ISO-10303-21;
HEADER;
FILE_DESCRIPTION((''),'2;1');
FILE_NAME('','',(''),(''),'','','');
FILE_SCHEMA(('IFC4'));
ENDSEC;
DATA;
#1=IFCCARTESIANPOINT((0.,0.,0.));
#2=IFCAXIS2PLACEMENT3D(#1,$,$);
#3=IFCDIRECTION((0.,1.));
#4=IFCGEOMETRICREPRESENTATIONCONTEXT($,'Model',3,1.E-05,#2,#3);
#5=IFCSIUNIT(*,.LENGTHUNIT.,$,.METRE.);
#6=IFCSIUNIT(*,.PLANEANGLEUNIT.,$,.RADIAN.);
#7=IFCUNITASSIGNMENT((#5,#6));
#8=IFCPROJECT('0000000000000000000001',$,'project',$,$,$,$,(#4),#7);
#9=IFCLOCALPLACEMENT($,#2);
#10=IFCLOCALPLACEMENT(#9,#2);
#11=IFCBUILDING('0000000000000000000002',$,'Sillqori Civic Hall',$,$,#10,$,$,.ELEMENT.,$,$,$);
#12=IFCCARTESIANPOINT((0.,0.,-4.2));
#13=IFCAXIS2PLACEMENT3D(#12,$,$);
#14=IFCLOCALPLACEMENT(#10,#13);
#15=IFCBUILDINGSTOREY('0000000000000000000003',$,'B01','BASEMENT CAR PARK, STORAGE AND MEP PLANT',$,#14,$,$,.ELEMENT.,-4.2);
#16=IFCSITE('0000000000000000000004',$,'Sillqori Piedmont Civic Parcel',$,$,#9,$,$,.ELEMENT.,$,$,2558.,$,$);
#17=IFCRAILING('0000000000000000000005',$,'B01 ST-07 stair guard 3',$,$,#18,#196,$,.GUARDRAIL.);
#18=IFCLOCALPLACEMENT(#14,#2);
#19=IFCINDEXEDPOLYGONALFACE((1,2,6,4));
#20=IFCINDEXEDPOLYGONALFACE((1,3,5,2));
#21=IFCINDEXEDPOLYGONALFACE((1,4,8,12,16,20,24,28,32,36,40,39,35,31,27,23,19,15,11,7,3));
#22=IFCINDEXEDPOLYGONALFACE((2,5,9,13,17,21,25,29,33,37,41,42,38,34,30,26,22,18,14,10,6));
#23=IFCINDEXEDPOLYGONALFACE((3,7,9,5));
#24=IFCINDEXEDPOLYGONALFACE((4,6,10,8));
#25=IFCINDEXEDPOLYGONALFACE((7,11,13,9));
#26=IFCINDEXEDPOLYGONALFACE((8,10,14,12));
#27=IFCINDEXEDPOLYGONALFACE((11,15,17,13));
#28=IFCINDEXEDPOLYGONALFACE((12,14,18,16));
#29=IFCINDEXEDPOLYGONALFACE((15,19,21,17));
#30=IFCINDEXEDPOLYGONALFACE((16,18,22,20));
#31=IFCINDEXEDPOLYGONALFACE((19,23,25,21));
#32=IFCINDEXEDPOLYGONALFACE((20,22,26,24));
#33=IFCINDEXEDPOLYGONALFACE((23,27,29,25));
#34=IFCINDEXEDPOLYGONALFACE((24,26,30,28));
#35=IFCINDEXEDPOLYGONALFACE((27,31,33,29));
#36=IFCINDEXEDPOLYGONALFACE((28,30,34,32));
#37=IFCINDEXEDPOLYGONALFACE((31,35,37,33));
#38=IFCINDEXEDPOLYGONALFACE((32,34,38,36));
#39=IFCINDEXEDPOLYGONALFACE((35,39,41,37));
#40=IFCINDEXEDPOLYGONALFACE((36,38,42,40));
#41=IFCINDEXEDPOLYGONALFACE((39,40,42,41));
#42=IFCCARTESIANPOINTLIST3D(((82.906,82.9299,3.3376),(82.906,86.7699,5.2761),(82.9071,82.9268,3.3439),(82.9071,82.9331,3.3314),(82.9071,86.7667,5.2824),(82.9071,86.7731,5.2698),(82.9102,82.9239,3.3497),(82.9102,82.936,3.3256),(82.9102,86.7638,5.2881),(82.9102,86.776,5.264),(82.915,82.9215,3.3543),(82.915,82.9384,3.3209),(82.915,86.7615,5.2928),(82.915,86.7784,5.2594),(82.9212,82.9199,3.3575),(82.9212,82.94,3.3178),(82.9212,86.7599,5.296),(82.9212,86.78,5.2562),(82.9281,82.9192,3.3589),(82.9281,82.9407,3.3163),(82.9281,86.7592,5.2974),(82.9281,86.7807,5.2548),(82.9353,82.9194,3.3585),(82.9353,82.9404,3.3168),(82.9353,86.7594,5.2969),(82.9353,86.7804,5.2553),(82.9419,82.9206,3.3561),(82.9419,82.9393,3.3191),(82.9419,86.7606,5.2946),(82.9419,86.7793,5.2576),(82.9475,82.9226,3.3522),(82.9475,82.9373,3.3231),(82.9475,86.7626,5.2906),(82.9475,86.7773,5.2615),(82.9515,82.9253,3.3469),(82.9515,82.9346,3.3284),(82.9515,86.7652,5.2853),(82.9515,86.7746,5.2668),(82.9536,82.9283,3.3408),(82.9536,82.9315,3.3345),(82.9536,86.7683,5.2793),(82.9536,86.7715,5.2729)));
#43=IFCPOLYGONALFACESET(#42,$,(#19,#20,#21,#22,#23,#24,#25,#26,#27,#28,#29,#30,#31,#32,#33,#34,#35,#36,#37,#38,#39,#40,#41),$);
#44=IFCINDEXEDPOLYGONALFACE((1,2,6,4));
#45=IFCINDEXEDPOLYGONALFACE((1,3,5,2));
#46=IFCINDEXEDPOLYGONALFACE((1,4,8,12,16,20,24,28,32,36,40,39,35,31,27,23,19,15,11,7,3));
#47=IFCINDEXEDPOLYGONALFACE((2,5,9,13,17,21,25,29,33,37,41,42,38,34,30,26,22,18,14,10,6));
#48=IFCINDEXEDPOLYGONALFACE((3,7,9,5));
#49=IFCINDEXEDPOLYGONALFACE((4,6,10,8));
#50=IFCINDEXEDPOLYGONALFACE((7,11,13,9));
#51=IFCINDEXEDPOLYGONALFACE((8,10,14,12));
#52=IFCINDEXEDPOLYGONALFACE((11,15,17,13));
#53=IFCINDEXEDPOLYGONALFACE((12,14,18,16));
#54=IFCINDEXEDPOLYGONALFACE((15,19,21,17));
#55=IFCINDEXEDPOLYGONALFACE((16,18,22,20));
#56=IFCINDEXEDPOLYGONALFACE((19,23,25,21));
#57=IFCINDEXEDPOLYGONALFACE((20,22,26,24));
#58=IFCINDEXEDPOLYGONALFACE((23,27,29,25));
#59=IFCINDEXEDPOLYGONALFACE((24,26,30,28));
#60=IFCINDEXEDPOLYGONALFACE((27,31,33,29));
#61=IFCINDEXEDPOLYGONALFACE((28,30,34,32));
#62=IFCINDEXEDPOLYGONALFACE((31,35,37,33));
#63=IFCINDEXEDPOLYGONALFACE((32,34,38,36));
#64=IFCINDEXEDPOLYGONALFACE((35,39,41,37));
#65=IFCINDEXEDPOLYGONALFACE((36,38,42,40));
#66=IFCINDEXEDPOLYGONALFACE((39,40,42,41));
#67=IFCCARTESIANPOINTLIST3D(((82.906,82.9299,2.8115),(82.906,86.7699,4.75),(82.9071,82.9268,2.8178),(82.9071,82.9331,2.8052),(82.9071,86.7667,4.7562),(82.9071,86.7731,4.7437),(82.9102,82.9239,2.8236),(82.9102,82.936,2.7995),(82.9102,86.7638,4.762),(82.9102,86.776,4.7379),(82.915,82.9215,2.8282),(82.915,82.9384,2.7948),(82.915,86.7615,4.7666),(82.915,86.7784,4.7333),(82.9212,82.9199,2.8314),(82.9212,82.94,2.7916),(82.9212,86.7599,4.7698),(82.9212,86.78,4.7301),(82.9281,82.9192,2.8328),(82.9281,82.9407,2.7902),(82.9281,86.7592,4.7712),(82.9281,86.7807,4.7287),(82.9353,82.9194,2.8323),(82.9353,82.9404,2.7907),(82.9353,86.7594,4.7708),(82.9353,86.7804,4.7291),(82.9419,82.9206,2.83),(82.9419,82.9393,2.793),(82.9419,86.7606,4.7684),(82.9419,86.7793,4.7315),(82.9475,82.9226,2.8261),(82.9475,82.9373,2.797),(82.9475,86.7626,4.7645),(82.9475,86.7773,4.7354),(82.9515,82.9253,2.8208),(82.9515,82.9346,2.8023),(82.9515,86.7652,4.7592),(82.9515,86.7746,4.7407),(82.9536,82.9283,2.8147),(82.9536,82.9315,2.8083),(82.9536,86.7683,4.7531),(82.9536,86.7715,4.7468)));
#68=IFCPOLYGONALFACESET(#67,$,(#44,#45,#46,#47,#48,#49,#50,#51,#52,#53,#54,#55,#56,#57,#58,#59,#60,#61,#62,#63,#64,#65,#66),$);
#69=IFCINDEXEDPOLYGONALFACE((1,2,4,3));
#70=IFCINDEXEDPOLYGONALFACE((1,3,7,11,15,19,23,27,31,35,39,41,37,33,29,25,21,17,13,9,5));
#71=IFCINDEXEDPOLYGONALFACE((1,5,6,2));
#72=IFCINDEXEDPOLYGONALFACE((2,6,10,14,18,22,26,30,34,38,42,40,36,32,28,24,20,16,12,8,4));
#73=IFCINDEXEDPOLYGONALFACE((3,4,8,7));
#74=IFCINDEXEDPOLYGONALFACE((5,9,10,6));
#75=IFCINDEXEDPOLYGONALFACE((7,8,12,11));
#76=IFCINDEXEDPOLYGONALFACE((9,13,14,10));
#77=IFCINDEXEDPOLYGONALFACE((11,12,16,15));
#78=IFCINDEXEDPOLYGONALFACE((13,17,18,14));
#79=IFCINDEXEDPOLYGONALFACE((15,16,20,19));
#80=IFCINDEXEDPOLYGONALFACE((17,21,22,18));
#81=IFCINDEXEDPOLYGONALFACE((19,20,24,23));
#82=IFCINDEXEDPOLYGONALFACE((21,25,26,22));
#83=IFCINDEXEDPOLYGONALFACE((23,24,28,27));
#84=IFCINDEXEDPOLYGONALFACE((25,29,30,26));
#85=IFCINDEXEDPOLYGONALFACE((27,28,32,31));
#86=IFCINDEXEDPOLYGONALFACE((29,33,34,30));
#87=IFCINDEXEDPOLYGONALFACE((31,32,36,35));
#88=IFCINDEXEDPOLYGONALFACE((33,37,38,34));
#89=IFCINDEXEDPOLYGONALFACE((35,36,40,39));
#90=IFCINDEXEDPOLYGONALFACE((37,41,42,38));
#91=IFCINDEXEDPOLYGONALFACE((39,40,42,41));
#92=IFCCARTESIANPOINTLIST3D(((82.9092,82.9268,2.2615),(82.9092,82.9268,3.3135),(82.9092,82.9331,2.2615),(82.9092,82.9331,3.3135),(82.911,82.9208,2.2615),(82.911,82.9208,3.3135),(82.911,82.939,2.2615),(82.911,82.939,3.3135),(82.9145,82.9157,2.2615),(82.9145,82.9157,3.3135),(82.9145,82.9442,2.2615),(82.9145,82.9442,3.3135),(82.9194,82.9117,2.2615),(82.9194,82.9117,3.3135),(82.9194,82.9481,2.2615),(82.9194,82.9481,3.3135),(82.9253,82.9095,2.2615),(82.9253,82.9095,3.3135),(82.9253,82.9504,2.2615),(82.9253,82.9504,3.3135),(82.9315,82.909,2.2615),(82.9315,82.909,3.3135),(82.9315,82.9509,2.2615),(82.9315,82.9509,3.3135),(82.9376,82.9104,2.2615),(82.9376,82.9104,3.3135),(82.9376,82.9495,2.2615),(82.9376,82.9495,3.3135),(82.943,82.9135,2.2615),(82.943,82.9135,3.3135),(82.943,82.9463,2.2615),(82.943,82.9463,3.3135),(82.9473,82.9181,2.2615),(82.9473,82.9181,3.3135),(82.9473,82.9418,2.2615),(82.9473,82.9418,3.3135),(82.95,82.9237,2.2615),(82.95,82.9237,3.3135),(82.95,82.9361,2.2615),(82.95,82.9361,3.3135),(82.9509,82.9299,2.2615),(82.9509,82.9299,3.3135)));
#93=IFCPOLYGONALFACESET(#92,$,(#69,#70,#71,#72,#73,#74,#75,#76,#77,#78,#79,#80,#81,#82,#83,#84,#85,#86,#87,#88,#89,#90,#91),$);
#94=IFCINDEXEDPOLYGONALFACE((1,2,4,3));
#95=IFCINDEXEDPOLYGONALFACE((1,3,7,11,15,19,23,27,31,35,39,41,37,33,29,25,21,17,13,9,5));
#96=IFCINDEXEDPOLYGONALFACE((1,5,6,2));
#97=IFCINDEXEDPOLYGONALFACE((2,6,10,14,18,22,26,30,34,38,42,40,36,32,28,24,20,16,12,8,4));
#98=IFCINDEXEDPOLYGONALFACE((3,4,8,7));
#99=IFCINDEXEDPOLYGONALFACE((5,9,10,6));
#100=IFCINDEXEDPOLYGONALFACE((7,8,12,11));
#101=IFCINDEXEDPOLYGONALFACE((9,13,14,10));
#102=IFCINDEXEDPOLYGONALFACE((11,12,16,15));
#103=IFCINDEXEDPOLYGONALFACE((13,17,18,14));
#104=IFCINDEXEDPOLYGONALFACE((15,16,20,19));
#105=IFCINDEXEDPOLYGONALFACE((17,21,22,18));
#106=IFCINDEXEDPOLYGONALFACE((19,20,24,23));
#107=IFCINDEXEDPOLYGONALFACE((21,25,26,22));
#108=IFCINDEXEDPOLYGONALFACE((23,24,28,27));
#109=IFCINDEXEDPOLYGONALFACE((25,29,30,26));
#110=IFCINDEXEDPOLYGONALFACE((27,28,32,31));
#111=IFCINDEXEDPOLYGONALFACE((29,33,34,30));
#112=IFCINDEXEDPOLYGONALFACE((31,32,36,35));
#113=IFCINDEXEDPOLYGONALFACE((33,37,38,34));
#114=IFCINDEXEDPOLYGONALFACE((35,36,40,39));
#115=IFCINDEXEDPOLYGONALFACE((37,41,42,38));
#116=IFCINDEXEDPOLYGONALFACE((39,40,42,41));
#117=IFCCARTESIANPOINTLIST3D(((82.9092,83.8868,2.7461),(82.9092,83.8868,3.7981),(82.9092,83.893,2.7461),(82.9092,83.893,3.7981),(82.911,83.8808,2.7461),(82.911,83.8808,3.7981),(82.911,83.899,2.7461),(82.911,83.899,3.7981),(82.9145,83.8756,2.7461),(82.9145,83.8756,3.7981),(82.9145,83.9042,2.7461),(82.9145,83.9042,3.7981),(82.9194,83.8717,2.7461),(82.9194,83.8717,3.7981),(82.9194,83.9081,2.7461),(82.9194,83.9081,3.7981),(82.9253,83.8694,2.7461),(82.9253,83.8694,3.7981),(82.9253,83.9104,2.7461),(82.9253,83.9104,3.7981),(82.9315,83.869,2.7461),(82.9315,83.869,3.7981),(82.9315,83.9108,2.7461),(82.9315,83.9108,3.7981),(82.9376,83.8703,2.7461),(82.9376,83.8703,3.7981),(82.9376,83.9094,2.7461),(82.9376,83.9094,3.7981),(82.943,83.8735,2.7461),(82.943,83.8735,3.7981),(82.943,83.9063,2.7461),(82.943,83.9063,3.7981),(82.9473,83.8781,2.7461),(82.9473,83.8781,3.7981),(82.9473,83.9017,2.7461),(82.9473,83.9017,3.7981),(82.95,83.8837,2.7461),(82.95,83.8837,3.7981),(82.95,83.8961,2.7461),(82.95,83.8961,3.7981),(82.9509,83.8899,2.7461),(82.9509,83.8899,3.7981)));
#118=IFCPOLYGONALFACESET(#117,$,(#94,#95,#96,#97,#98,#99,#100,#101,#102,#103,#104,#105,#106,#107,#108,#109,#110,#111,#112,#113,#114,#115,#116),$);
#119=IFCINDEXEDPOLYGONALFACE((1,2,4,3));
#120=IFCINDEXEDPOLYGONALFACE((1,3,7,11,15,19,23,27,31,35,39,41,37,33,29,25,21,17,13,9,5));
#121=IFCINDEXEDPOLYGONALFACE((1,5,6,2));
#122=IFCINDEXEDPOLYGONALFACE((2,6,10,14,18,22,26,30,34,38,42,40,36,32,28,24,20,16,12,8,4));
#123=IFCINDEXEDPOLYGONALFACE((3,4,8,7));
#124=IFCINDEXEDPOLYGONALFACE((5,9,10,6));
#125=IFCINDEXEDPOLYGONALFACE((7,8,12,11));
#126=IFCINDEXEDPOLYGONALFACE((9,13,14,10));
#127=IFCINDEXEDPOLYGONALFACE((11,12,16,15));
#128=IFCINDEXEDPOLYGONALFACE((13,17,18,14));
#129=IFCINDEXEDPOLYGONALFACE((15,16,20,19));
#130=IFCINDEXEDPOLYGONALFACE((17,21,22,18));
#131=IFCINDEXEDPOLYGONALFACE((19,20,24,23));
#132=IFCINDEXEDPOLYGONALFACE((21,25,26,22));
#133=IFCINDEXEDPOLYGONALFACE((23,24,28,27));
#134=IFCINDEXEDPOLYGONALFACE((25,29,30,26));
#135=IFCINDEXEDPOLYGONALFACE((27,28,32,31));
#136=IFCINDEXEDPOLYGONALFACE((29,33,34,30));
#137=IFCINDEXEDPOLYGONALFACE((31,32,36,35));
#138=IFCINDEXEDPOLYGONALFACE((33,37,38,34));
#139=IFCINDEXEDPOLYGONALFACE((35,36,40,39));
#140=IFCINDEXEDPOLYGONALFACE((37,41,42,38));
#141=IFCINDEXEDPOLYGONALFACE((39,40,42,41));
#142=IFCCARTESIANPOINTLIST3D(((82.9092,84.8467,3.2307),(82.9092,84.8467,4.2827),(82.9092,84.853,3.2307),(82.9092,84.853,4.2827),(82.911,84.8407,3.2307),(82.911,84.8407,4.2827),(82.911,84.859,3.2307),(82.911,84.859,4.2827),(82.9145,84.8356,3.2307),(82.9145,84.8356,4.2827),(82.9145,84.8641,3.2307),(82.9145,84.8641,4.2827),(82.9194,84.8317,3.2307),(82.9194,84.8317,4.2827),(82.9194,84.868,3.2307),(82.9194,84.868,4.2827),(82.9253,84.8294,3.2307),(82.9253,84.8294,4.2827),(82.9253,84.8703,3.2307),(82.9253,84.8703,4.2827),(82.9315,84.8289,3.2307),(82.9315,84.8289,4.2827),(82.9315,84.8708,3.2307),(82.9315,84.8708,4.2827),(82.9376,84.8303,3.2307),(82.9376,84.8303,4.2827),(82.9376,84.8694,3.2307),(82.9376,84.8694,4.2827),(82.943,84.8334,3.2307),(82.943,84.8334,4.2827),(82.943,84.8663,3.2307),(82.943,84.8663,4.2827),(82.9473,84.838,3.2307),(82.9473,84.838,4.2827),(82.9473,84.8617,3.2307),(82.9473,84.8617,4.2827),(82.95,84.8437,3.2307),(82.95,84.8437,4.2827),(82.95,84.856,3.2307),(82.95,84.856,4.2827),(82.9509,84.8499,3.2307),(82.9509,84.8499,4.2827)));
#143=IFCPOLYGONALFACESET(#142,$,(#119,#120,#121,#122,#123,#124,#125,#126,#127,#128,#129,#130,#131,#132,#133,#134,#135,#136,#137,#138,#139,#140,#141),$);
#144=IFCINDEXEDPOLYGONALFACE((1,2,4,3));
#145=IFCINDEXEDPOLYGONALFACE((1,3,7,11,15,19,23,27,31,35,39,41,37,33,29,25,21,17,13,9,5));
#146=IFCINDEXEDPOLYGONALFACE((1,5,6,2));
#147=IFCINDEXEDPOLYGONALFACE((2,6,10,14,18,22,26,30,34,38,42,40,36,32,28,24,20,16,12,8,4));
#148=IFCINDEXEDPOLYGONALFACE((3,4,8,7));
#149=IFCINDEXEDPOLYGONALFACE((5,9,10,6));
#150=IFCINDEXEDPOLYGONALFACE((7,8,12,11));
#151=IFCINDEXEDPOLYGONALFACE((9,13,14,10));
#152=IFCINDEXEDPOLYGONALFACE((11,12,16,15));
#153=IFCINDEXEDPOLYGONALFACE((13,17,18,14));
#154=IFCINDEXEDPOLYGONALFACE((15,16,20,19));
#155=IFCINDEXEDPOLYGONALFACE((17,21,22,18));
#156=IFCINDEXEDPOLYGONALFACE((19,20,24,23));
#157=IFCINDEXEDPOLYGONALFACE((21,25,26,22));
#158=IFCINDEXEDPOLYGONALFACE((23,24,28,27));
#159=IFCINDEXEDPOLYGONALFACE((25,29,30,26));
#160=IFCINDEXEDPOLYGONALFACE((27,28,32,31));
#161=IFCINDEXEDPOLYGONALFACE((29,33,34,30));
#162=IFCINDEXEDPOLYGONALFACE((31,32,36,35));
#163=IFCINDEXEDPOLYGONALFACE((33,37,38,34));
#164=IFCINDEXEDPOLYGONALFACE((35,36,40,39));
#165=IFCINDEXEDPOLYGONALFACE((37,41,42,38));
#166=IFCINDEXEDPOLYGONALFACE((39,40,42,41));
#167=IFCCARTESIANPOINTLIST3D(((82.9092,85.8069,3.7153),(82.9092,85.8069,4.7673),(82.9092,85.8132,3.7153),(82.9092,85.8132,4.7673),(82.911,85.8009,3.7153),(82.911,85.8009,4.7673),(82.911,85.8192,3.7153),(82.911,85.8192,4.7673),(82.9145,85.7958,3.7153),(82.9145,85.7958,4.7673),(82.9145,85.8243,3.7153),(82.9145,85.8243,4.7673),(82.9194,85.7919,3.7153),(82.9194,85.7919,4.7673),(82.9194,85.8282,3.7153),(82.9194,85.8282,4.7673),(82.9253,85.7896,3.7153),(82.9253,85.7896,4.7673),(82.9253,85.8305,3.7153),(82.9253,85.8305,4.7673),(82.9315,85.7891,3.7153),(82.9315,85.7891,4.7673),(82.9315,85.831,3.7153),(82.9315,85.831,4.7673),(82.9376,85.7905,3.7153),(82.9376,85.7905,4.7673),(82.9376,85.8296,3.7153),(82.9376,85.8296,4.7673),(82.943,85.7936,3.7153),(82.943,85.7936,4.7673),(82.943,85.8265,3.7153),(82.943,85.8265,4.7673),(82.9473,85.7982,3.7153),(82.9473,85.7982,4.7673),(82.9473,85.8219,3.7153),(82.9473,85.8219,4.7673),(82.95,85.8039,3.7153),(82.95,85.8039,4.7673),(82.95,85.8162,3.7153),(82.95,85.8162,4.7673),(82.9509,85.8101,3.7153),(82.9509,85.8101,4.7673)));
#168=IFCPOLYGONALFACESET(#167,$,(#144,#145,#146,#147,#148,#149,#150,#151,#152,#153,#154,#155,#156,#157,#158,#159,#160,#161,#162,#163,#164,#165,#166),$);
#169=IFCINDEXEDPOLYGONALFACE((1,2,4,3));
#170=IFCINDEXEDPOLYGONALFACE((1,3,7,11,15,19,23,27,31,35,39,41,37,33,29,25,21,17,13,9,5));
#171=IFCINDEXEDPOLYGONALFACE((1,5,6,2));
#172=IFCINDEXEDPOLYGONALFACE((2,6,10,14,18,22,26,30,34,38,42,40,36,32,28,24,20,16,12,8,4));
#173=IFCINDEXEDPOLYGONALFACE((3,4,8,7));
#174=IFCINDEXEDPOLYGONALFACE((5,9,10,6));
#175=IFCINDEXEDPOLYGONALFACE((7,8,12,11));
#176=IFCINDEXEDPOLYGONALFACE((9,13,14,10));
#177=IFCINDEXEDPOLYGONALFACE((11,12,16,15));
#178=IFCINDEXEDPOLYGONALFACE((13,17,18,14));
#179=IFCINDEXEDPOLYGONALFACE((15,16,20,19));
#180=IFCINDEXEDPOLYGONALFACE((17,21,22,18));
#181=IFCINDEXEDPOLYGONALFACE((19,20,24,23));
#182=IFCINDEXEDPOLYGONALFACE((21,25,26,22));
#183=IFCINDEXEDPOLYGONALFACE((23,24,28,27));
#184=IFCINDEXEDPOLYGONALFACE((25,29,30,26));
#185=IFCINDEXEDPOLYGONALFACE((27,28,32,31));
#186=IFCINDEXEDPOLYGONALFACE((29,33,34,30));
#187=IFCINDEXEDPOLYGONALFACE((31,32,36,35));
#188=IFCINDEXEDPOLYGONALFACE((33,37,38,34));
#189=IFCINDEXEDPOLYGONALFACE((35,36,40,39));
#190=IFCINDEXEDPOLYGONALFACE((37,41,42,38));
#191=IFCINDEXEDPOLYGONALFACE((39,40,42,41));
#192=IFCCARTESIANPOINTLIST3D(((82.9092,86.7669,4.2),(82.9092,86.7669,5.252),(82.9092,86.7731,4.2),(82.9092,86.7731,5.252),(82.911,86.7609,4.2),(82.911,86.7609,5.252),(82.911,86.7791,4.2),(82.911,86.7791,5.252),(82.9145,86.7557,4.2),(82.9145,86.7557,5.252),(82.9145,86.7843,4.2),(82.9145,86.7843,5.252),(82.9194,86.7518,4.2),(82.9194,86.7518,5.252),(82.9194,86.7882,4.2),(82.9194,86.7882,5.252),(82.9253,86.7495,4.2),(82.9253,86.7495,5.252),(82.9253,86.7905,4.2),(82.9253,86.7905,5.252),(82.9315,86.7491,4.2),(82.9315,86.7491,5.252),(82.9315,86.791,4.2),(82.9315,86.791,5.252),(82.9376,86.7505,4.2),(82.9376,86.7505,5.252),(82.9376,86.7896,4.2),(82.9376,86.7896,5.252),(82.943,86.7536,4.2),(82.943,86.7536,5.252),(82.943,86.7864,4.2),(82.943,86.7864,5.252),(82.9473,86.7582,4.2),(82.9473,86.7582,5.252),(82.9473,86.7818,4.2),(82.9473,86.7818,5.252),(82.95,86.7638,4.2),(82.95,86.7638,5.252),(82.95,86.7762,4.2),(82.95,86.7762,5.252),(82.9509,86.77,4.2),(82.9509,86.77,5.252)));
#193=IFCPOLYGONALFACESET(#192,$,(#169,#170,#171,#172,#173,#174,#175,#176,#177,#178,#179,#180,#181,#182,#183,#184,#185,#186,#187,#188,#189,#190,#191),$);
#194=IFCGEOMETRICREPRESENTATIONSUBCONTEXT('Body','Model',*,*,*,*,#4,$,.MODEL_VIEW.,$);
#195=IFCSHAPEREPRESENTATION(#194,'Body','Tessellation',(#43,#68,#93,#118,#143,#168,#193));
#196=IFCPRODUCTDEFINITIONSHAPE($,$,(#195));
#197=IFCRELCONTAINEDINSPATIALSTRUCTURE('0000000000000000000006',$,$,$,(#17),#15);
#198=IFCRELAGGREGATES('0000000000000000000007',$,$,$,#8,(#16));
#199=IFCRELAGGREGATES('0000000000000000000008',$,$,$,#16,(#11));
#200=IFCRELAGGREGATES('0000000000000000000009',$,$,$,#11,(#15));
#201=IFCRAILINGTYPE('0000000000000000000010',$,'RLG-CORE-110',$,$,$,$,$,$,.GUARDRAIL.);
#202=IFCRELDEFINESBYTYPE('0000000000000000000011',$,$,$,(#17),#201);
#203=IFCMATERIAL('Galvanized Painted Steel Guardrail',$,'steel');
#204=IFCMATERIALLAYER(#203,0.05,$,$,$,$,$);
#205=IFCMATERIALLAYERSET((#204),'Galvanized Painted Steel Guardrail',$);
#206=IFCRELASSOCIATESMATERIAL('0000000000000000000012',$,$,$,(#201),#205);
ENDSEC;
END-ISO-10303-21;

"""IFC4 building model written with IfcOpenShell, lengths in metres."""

from ifc_helpers import new_model, si_unit, direction, frame, origin, origin_2d, place, context, subcontext, project, spatial, circle, extrude, material, layer, layer_set, type_object, element, save


model = new_model("IFC4")

# Units and contexts
model_context = context("Model", 3, precision=1e-05, world=origin(), true_north=direction((0.0, 1.0)))
body_context = subcontext(model_context, "Body", "Model", "MODEL_VIEW")
ifc_project = project(units=[si_unit("LENGTHUNIT", "METRE"), si_unit("PLANEANGLEUNIT", "RADIAN")], contexts=[model_context])

# Site, building, storey
site_placement = place(None, origin())
site = spatial("IfcSite", under=ifc_project, at=site_placement, Name="Sillqori Piedmont Civic Parcel", CompositionType="ELEMENT", RefElevation=2558.0)
building_placement = place(site_placement, origin())
building = spatial("IfcBuilding", under=site, at=building_placement, Name="Sillqori Civic Hall", CompositionType="ELEMENT")
storey_placement = place(building_placement, frame((0.0, 0.0, -4.2)))
storey = spatial("IfcBuildingStorey", under=building, at=storey_placement, Name="B01", Description="BASEMENT CAR PARK, STORAGE AND MEP PLANT", CompositionType="ELEMENT", Elevation=-4.2)

# Railing
ifc_material_1 = material(Name="Galvanized Painted Steel Guardrail", Category="steel")
ifc_layer_1 = layer(ifc_material_1, 0.05)
ifc_layer_set_1 = layer_set([ifc_layer_1], Name="Galvanized Painted Steel Guardrail")
railing_type_1 = type_object("IfcRailingType", Name="RLG-CORE-110", PredefinedType="GUARDRAIL", material=ifc_layer_set_1)
railing_1_placement = place(storey_placement, frame((82.9299, 82.9299, 2.2615)))
element("IfcRailing", 1, at=railing_1_placement, inside=storey, type_object=railing_type_1, Name="B01 ST-07 stair guard 3", PredefinedType="GUARDRAIL", context=body_context, shape_type="SweptSolid", body=[
    extrude(circle(Radius=0.0239, at=origin_2d()), frame((0.0, 0.0, 1.0762), z_axis=(0.0, 0.892707, 0.450638), x_axis=(-1.0, 0.0, 0.0)), (0.0, 0.0, 1.0), 4.3015),
    extrude(circle(Radius=0.0239, at=origin_2d()), frame((0.0, 0.0, 0.55), z_axis=(0.0, 0.892707, 0.450638), x_axis=(-1.0, 0.0, 0.0)), (0.0, 0.0, 1.0), 4.3015),
    extrude(circle(Radius=0.021, at=origin_2d()), origin(), (0.0, 0.0, 1.0), 1.052),
    extrude(circle(Radius=0.021, at=origin_2d()), frame((0.0, 0.96, 0.4846)), (0.0, 0.0, 1.0), 1.052),
    extrude(circle(Radius=0.021, at=origin_2d()), frame((0.0, 1.9199, 0.9692)), (0.0, 0.0, 1.0), 1.052),
    extrude(circle(Radius=0.021, at=origin_2d()), frame((0.0, 2.8801, 1.4539)), (0.0, 0.0, 1.0), 1.052),
    extrude(circle(Radius=0.021, at=origin_2d()), frame((0.0, 3.8401, 1.9385)), (0.0, 0.0, 1.0), 1.052),
])

save(model, "model.ifc")
